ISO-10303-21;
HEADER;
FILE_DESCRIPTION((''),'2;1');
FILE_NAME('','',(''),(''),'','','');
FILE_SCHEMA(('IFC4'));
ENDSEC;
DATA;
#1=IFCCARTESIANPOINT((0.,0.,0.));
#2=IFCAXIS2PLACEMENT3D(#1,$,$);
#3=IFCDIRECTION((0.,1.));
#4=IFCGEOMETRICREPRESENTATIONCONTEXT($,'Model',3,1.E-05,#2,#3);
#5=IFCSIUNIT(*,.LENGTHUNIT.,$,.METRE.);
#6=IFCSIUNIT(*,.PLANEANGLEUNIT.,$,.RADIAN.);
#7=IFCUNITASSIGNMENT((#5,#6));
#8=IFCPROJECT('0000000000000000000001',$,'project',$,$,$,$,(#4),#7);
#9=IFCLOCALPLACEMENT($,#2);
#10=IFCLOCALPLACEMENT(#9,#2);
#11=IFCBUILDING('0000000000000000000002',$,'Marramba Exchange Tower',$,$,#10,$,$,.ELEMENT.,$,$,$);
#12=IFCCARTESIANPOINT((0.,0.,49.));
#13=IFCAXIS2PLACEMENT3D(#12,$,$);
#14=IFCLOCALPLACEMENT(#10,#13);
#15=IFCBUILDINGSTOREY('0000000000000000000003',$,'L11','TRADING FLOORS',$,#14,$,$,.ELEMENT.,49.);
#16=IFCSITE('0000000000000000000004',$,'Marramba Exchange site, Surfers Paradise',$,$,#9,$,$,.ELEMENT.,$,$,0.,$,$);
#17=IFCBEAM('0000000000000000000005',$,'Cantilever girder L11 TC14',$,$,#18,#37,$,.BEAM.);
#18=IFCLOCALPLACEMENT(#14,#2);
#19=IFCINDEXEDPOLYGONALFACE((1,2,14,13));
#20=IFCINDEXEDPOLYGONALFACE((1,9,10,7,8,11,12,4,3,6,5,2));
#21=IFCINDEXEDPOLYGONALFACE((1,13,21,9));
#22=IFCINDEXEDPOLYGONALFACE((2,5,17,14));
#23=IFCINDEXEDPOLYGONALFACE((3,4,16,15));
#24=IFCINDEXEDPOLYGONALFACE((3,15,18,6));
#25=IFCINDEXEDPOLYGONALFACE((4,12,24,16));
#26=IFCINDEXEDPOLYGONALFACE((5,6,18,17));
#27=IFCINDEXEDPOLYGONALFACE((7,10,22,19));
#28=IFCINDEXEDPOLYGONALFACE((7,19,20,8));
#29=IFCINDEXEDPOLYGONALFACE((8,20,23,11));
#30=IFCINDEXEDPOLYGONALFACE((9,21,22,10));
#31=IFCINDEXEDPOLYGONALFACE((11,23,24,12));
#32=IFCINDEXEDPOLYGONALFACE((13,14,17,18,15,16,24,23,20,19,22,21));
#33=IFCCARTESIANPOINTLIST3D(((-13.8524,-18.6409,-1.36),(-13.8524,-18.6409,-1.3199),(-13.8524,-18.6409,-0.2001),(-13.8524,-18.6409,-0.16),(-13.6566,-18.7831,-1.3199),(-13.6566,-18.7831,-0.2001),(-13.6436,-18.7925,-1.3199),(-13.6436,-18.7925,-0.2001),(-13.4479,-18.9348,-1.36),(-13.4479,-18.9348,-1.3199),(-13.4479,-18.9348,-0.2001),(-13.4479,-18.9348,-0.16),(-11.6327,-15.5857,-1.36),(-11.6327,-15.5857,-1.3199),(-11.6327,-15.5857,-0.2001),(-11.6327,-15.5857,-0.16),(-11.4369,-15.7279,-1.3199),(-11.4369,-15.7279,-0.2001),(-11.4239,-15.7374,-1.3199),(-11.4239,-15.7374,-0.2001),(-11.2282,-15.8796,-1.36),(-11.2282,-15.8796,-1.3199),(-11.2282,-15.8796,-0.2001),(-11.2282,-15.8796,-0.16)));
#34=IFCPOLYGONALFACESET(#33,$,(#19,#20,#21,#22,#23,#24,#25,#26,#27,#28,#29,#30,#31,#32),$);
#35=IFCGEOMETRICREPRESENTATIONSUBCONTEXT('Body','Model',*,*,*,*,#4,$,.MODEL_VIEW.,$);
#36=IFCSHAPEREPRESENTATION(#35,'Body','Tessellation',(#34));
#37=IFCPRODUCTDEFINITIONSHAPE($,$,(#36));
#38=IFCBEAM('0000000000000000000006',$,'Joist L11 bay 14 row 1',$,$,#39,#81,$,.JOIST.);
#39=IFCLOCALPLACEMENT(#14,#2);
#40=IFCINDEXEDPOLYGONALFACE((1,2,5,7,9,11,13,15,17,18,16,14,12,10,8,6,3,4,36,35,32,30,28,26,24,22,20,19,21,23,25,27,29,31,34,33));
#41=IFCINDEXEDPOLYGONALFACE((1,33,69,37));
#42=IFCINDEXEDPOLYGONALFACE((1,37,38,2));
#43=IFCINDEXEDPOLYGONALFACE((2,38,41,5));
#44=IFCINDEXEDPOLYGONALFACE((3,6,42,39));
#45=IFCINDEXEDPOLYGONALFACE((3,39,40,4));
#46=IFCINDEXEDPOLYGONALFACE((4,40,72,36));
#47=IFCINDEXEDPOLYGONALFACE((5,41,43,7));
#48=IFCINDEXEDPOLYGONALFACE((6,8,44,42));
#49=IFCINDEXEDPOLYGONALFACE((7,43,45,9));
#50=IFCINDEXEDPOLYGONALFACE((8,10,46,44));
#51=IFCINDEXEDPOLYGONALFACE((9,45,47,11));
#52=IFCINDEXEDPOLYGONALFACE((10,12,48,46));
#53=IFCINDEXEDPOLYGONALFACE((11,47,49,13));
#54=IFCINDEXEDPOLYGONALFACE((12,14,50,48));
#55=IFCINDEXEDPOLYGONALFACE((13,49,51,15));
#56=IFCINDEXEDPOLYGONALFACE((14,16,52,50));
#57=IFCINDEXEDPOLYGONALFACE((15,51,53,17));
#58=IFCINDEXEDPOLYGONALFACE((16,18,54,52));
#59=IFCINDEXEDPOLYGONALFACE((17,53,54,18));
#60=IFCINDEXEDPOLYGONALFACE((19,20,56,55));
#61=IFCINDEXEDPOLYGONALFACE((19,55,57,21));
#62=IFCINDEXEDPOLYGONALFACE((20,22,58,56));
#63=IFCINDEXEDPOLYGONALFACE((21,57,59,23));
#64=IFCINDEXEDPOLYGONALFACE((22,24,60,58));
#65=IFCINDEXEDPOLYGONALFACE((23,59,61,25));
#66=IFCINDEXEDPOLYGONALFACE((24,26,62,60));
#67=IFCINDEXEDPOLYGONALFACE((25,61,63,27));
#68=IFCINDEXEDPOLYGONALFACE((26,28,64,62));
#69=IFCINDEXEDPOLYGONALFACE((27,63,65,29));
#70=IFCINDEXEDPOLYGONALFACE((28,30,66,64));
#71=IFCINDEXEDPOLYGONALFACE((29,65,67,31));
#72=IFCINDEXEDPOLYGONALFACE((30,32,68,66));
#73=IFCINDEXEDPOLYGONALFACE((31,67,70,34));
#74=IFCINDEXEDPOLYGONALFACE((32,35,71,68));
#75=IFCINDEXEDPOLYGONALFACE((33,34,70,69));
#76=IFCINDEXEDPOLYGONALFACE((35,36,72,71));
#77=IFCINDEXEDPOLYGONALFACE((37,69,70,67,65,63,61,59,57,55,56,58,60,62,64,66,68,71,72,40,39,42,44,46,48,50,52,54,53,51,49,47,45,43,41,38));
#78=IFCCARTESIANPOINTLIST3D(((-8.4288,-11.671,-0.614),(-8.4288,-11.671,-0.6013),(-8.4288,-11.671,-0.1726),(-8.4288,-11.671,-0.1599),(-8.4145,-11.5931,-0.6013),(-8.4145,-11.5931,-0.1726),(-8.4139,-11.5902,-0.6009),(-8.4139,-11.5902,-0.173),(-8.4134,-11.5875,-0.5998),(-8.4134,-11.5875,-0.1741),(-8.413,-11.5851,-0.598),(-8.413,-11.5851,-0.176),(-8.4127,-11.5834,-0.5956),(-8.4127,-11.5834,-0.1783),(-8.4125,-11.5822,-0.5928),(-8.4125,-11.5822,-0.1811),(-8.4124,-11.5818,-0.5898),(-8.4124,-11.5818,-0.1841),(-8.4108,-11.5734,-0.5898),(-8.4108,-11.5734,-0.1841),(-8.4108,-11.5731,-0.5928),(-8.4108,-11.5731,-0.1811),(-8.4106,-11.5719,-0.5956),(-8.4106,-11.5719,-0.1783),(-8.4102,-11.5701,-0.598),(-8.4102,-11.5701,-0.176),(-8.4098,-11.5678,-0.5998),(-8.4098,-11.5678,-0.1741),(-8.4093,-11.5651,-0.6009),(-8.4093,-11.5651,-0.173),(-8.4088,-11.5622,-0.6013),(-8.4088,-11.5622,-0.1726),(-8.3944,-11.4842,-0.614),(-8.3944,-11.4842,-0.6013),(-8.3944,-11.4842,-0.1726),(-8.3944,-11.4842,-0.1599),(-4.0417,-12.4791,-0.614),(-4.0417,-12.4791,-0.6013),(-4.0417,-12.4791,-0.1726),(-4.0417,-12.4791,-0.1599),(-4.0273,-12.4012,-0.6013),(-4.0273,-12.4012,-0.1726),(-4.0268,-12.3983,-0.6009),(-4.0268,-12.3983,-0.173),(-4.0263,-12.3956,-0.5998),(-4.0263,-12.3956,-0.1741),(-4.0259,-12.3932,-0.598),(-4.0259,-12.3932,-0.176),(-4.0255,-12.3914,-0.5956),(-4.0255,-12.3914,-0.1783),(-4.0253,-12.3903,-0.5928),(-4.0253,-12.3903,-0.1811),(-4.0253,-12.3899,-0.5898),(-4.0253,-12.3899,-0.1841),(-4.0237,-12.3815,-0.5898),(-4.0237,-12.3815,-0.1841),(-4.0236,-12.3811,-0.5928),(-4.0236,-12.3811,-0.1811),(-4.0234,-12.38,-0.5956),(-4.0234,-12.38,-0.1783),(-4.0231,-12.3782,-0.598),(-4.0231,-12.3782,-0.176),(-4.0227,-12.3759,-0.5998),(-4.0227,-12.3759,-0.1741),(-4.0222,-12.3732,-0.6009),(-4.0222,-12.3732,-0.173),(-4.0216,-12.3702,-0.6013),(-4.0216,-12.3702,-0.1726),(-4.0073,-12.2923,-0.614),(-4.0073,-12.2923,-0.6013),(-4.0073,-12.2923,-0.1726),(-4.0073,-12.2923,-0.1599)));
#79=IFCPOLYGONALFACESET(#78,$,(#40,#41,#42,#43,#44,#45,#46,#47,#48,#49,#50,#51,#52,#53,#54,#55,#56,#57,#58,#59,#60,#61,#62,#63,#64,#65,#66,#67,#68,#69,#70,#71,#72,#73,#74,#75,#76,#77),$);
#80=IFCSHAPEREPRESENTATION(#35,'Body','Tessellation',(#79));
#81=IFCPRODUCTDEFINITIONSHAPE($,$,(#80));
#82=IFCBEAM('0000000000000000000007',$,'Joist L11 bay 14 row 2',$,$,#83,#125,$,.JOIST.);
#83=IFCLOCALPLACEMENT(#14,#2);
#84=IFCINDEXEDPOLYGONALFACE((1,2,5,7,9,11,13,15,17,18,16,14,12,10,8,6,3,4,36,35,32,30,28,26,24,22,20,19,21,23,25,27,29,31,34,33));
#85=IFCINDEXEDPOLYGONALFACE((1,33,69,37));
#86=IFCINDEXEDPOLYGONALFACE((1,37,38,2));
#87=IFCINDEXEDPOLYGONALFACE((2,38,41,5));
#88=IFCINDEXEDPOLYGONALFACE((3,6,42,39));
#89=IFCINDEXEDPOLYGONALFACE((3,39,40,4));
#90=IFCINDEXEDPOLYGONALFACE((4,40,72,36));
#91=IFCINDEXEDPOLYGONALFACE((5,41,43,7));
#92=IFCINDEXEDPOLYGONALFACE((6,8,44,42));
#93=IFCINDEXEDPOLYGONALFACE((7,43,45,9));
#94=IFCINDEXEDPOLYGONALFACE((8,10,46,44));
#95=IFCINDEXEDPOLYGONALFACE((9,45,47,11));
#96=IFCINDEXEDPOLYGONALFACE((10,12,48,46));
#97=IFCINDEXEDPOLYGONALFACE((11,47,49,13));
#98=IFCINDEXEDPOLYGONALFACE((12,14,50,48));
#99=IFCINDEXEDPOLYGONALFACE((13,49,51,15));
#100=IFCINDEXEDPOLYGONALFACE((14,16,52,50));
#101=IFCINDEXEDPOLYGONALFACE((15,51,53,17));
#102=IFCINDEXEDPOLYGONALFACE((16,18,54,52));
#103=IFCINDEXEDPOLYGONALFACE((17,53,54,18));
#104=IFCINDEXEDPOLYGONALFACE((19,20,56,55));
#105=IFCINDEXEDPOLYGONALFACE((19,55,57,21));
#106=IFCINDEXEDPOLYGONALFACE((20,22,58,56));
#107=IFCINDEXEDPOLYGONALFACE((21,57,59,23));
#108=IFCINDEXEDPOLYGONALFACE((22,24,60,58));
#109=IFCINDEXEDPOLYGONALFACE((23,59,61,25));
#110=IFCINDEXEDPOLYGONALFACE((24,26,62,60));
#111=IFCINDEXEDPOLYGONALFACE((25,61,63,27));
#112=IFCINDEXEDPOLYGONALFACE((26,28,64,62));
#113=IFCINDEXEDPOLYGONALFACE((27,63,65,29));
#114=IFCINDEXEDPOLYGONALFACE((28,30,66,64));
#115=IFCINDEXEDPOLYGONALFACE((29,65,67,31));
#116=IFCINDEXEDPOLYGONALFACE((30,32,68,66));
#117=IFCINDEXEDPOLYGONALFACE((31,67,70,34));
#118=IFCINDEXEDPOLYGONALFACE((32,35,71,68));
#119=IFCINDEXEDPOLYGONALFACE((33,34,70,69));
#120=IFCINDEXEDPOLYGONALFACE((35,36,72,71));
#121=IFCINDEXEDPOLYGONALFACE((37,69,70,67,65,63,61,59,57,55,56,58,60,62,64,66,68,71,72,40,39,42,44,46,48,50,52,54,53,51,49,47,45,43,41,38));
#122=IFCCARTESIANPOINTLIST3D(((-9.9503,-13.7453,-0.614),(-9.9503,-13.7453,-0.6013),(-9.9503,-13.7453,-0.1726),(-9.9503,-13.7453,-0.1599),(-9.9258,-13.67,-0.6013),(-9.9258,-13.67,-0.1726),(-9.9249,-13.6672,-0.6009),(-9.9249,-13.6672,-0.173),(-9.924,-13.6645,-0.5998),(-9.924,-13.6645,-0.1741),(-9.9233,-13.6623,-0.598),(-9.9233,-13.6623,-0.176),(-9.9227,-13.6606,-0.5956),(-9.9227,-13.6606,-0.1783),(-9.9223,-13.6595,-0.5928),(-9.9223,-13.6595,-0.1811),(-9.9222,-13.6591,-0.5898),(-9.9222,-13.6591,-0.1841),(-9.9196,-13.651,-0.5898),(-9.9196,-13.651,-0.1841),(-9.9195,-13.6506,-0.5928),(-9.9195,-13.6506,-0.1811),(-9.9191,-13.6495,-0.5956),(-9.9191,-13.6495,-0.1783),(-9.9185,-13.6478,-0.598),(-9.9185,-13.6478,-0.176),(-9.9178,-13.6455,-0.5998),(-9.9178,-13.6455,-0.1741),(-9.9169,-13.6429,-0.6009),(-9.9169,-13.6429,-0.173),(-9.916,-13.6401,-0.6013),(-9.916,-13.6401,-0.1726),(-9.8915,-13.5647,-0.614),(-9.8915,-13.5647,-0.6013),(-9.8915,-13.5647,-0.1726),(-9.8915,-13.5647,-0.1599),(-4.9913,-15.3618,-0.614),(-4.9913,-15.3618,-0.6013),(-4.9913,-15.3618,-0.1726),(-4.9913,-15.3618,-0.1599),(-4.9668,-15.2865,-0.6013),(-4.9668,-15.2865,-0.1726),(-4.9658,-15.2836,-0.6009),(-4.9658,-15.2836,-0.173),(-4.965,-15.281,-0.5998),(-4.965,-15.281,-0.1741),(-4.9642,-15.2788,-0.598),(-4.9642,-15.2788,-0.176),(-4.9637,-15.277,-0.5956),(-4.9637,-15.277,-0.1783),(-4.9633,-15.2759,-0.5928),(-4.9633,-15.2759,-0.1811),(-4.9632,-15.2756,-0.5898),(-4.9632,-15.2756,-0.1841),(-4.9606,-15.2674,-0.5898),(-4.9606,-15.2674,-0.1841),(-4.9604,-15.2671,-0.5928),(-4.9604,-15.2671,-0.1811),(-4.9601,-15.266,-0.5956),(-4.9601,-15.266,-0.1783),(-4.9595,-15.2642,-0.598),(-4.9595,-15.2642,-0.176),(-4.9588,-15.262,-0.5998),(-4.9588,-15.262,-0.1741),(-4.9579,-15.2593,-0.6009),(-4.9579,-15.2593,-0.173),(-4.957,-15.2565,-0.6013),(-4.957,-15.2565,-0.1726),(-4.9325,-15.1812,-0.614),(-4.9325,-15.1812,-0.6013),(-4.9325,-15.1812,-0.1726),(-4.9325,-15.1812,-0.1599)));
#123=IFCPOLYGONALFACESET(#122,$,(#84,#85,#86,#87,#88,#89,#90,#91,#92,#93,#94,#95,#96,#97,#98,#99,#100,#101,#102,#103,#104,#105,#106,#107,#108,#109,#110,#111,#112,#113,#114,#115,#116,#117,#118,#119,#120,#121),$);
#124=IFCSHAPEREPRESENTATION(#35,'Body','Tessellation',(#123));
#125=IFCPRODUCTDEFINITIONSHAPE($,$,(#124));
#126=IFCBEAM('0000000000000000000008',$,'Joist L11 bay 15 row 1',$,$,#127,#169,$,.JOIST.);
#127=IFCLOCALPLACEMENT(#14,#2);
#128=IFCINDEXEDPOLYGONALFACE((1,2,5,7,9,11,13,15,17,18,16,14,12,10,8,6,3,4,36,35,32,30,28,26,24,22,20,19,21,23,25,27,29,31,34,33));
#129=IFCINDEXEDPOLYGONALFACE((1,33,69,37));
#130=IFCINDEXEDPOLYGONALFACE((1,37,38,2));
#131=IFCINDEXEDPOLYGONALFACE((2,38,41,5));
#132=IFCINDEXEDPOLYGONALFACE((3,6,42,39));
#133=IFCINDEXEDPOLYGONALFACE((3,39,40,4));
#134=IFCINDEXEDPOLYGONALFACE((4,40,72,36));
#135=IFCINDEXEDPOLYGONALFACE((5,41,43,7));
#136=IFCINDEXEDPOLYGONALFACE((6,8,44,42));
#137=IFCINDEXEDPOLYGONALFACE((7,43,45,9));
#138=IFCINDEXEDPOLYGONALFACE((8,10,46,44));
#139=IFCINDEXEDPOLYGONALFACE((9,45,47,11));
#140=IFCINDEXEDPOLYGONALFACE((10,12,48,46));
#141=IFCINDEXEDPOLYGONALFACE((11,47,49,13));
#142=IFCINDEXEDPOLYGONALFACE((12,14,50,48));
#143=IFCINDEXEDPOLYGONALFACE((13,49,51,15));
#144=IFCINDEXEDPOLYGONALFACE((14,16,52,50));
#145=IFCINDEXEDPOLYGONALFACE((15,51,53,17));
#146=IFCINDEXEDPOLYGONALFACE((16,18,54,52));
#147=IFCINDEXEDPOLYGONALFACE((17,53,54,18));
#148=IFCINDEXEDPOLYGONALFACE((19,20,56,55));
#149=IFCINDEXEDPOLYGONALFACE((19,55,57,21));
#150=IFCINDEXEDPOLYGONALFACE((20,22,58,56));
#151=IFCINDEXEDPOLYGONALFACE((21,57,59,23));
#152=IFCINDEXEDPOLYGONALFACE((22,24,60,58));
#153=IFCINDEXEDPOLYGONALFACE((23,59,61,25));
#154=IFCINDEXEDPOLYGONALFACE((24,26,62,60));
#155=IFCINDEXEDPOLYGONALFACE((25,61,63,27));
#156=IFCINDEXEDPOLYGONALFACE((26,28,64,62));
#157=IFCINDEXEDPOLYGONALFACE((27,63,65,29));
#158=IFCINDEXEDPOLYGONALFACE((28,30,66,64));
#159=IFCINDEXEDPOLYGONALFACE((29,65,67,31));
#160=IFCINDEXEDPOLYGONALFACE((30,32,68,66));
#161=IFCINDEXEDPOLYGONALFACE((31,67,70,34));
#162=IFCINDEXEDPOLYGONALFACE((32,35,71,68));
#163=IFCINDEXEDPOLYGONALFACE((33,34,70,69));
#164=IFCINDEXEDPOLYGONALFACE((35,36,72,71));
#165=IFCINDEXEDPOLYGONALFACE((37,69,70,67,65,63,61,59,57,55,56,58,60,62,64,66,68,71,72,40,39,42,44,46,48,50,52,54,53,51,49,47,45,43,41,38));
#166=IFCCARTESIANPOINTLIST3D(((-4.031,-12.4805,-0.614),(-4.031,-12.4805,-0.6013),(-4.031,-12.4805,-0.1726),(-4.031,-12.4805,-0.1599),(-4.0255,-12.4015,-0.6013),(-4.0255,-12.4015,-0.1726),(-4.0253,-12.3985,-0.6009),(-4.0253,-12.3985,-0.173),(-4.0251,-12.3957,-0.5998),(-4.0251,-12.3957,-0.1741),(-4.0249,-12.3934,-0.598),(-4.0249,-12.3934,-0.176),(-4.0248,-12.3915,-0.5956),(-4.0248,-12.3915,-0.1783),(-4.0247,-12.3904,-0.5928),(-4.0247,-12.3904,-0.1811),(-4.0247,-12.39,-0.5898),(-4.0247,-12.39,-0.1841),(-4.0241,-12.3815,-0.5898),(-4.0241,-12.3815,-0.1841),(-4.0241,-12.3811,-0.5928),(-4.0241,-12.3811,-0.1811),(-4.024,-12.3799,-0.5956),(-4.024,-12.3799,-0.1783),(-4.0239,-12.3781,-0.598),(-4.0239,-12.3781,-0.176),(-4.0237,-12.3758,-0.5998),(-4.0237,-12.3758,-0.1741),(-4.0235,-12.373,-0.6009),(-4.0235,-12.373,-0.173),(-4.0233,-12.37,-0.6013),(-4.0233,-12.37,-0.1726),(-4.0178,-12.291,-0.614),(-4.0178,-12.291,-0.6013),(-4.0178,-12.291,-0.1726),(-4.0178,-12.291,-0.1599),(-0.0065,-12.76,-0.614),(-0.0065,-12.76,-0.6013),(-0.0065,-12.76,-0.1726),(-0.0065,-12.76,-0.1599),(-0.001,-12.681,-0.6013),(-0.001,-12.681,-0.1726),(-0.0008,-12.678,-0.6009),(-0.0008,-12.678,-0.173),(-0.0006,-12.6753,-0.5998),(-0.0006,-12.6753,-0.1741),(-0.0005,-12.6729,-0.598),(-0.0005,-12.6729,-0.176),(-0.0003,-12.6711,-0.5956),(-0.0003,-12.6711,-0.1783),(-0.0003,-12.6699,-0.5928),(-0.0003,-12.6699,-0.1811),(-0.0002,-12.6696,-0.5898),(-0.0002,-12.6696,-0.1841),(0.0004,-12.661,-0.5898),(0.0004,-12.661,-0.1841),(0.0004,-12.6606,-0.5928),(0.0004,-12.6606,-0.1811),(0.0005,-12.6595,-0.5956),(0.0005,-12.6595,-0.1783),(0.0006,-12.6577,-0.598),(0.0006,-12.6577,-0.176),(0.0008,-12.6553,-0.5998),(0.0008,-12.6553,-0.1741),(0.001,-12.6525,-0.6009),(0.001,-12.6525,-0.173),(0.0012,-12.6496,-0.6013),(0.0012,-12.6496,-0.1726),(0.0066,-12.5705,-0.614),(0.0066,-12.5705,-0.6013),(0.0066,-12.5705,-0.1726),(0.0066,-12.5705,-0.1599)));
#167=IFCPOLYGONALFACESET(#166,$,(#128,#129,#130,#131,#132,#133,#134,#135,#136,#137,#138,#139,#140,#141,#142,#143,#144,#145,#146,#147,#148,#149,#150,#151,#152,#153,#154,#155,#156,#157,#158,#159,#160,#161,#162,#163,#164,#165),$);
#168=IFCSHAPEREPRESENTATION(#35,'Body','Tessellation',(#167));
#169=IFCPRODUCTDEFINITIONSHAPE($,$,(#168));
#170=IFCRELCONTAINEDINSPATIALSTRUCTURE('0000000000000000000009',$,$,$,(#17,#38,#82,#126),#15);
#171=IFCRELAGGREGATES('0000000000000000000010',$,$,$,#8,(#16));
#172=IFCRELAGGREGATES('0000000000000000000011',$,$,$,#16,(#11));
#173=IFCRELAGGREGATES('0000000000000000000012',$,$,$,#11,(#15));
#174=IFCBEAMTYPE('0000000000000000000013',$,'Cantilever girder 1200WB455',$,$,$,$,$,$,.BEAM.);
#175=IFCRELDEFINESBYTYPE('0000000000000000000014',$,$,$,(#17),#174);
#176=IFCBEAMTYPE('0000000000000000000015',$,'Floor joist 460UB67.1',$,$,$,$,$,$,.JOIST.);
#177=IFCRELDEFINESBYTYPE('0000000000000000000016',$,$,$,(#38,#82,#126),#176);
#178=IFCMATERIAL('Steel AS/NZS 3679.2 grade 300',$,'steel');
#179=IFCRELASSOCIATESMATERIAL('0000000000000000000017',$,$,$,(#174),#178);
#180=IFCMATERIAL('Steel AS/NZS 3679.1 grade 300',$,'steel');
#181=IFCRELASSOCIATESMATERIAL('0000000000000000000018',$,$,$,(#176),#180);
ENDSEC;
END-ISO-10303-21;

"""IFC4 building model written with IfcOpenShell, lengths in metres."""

from ifc_helpers import new_model, si_unit, direction, frame, origin, origin_2d, place, context, subcontext, project, spatial, i_section, extrude, material, material_profile, profile_set, type_object, element, save


model = new_model("IFC4")

# Units and contexts
model_context = context("Model", 3, precision=1e-05, world=origin(), true_north=direction((0.0, 1.0)))
body_context = subcontext(model_context, "Body", "Model", "MODEL_VIEW")
ifc_project = project(units=[si_unit("LENGTHUNIT", "METRE"), si_unit("PLANEANGLEUNIT", "RADIAN")], contexts=[model_context])

# Site, building, storey
site_placement = place(None, origin())
site = spatial("IfcSite", under=ifc_project, at=site_placement, Name="Marramba Exchange site, Surfers Paradise", CompositionType="ELEMENT", RefElevation=0.0)
building_placement = place(site_placement, origin())
building = spatial("IfcBuilding", under=site, at=building_placement, Name="Marramba Exchange Tower", CompositionType="ELEMENT")
storey_placement = place(building_placement, frame((0.0, 0.0, 49.0)))
storey = spatial("IfcBuildingStorey", under=building, at=storey_placement, Name="L11", Description="TRADING FLOORS", CompositionType="ELEMENT", Elevation=49.0)

# Beams
ifc_material_1 = material(Name="Steel AS/NZS 3679.2 grade 300", Category="steel")
ifc_material_profile_1 = material_profile(ifc_material_1, i_section(OverallWidth=0.5, OverallDepth=1.2, WebThickness=0.0161, FlangeThickness=0.04, at=origin_2d()), Name="1200WB455")
ifc_profile_set_1 = profile_set([ifc_material_profile_1], Name="Steel AS/NZS 3679.2 grade 300")
beam_type_1 = type_object("IfcBeamType", Name="Cantilever girder 1200WB455", PredefinedType="BEAM", material=ifc_profile_set_1)
beam_1_placement = place(storey_placement, frame((-11.4304, -15.7327, -0.76), z_axis=(-0.587787, -0.809016, 0.0), x_axis=(0.809016, -0.587787, 0.0)))
element("IfcBeam", 1, at=beam_1_placement, inside=storey, type_object=beam_type_1, Name="Cantilever girder L11 TC14", PredefinedType="BEAM", context=body_context, shape_type="SweptSolid", body=[
    extrude(i_section(OverallWidth=0.5, OverallDepth=1.2, WebThickness=0.0161, FlangeThickness=0.04, at=origin_2d()), origin(), (0.0, 0.0, 1.0), 3.7764),
])
ifc_material_2 = material(Name="Steel AS/NZS 3679.1 grade 300", Category="steel")
ifc_material_profile_2 = material_profile(ifc_material_2, i_section(OverallWidth=0.1899, OverallDepth=0.4541, WebThickness=0.0085, FlangeThickness=0.0127, FilletRadius=0.0115, at=origin_2d()), Name="460UB67.1")
ifc_profile_set_2 = profile_set([ifc_material_profile_2], Name="Steel AS/NZS 3679.1 grade 300")
beam_type_2 = type_object("IfcBeamType", Name="Floor joist 460UB67.1", PredefinedType="JOIST", material=ifc_profile_set_2)
beam_2_placement = place(storey_placement, frame((-8.4116, -11.5776, -0.387), z_axis=(0.983456, -0.181149, 0.0), x_axis=(0.181149, 0.983456, 0.0)))
element("IfcBeam", 2, at=beam_2_placement, inside=storey, type_object=beam_type_2, Name="Joist L11 bay 14 row 1", PredefinedType="JOIST", context=body_context, shape_type="SweptSolid", body=[
    extrude(i_section(OverallWidth=0.1899, OverallDepth=0.4541, WebThickness=0.0085, FlangeThickness=0.0127, FilletRadius=0.0115, at=origin_2d()), origin(), (0.0, 0.0, 1.0), 4.4609),
])
beam_3_placement = place(storey_placement, frame((-9.9209, -13.655, -0.387), z_axis=(0.950764, -0.309916, 0.0), x_axis=(0.309916, 0.950764, 0.0)))
element("IfcBeam", 3, at=beam_3_placement, inside=storey, type_object=beam_type_2, Name="Joist L11 bay 14 row 2", PredefinedType="JOIST", context=body_context, shape_type="SweptSolid", body=[
    extrude(i_section(OverallWidth=0.1899, OverallDepth=0.4541, WebThickness=0.0085, FlangeThickness=0.0127, FilletRadius=0.0115, at=origin_2d()), origin(), (0.0, 0.0, 1.0), 5.2158),
])
beam_4_placement = place(storey_placement, frame((-4.0244, -12.3857, -0.387), z_axis=(0.997596, -0.069294, 0.0), x_axis=(0.069294, 0.997596, 0.0)))
element("IfcBeam", 4, at=beam_4_placement, inside=storey, type_object=beam_type_2, Name="Joist L11 bay 15 row 1", PredefinedType="JOIST", context=body_context, shape_type="SweptSolid", body=[
    extrude(i_section(OverallWidth=0.1899, OverallDepth=0.4541, WebThickness=0.0085, FlangeThickness=0.0127, FilletRadius=0.0115, at=origin_2d()), origin(), (0.0, 0.0, 1.0), 4.0342),
])

save(model, "model.ifc")
